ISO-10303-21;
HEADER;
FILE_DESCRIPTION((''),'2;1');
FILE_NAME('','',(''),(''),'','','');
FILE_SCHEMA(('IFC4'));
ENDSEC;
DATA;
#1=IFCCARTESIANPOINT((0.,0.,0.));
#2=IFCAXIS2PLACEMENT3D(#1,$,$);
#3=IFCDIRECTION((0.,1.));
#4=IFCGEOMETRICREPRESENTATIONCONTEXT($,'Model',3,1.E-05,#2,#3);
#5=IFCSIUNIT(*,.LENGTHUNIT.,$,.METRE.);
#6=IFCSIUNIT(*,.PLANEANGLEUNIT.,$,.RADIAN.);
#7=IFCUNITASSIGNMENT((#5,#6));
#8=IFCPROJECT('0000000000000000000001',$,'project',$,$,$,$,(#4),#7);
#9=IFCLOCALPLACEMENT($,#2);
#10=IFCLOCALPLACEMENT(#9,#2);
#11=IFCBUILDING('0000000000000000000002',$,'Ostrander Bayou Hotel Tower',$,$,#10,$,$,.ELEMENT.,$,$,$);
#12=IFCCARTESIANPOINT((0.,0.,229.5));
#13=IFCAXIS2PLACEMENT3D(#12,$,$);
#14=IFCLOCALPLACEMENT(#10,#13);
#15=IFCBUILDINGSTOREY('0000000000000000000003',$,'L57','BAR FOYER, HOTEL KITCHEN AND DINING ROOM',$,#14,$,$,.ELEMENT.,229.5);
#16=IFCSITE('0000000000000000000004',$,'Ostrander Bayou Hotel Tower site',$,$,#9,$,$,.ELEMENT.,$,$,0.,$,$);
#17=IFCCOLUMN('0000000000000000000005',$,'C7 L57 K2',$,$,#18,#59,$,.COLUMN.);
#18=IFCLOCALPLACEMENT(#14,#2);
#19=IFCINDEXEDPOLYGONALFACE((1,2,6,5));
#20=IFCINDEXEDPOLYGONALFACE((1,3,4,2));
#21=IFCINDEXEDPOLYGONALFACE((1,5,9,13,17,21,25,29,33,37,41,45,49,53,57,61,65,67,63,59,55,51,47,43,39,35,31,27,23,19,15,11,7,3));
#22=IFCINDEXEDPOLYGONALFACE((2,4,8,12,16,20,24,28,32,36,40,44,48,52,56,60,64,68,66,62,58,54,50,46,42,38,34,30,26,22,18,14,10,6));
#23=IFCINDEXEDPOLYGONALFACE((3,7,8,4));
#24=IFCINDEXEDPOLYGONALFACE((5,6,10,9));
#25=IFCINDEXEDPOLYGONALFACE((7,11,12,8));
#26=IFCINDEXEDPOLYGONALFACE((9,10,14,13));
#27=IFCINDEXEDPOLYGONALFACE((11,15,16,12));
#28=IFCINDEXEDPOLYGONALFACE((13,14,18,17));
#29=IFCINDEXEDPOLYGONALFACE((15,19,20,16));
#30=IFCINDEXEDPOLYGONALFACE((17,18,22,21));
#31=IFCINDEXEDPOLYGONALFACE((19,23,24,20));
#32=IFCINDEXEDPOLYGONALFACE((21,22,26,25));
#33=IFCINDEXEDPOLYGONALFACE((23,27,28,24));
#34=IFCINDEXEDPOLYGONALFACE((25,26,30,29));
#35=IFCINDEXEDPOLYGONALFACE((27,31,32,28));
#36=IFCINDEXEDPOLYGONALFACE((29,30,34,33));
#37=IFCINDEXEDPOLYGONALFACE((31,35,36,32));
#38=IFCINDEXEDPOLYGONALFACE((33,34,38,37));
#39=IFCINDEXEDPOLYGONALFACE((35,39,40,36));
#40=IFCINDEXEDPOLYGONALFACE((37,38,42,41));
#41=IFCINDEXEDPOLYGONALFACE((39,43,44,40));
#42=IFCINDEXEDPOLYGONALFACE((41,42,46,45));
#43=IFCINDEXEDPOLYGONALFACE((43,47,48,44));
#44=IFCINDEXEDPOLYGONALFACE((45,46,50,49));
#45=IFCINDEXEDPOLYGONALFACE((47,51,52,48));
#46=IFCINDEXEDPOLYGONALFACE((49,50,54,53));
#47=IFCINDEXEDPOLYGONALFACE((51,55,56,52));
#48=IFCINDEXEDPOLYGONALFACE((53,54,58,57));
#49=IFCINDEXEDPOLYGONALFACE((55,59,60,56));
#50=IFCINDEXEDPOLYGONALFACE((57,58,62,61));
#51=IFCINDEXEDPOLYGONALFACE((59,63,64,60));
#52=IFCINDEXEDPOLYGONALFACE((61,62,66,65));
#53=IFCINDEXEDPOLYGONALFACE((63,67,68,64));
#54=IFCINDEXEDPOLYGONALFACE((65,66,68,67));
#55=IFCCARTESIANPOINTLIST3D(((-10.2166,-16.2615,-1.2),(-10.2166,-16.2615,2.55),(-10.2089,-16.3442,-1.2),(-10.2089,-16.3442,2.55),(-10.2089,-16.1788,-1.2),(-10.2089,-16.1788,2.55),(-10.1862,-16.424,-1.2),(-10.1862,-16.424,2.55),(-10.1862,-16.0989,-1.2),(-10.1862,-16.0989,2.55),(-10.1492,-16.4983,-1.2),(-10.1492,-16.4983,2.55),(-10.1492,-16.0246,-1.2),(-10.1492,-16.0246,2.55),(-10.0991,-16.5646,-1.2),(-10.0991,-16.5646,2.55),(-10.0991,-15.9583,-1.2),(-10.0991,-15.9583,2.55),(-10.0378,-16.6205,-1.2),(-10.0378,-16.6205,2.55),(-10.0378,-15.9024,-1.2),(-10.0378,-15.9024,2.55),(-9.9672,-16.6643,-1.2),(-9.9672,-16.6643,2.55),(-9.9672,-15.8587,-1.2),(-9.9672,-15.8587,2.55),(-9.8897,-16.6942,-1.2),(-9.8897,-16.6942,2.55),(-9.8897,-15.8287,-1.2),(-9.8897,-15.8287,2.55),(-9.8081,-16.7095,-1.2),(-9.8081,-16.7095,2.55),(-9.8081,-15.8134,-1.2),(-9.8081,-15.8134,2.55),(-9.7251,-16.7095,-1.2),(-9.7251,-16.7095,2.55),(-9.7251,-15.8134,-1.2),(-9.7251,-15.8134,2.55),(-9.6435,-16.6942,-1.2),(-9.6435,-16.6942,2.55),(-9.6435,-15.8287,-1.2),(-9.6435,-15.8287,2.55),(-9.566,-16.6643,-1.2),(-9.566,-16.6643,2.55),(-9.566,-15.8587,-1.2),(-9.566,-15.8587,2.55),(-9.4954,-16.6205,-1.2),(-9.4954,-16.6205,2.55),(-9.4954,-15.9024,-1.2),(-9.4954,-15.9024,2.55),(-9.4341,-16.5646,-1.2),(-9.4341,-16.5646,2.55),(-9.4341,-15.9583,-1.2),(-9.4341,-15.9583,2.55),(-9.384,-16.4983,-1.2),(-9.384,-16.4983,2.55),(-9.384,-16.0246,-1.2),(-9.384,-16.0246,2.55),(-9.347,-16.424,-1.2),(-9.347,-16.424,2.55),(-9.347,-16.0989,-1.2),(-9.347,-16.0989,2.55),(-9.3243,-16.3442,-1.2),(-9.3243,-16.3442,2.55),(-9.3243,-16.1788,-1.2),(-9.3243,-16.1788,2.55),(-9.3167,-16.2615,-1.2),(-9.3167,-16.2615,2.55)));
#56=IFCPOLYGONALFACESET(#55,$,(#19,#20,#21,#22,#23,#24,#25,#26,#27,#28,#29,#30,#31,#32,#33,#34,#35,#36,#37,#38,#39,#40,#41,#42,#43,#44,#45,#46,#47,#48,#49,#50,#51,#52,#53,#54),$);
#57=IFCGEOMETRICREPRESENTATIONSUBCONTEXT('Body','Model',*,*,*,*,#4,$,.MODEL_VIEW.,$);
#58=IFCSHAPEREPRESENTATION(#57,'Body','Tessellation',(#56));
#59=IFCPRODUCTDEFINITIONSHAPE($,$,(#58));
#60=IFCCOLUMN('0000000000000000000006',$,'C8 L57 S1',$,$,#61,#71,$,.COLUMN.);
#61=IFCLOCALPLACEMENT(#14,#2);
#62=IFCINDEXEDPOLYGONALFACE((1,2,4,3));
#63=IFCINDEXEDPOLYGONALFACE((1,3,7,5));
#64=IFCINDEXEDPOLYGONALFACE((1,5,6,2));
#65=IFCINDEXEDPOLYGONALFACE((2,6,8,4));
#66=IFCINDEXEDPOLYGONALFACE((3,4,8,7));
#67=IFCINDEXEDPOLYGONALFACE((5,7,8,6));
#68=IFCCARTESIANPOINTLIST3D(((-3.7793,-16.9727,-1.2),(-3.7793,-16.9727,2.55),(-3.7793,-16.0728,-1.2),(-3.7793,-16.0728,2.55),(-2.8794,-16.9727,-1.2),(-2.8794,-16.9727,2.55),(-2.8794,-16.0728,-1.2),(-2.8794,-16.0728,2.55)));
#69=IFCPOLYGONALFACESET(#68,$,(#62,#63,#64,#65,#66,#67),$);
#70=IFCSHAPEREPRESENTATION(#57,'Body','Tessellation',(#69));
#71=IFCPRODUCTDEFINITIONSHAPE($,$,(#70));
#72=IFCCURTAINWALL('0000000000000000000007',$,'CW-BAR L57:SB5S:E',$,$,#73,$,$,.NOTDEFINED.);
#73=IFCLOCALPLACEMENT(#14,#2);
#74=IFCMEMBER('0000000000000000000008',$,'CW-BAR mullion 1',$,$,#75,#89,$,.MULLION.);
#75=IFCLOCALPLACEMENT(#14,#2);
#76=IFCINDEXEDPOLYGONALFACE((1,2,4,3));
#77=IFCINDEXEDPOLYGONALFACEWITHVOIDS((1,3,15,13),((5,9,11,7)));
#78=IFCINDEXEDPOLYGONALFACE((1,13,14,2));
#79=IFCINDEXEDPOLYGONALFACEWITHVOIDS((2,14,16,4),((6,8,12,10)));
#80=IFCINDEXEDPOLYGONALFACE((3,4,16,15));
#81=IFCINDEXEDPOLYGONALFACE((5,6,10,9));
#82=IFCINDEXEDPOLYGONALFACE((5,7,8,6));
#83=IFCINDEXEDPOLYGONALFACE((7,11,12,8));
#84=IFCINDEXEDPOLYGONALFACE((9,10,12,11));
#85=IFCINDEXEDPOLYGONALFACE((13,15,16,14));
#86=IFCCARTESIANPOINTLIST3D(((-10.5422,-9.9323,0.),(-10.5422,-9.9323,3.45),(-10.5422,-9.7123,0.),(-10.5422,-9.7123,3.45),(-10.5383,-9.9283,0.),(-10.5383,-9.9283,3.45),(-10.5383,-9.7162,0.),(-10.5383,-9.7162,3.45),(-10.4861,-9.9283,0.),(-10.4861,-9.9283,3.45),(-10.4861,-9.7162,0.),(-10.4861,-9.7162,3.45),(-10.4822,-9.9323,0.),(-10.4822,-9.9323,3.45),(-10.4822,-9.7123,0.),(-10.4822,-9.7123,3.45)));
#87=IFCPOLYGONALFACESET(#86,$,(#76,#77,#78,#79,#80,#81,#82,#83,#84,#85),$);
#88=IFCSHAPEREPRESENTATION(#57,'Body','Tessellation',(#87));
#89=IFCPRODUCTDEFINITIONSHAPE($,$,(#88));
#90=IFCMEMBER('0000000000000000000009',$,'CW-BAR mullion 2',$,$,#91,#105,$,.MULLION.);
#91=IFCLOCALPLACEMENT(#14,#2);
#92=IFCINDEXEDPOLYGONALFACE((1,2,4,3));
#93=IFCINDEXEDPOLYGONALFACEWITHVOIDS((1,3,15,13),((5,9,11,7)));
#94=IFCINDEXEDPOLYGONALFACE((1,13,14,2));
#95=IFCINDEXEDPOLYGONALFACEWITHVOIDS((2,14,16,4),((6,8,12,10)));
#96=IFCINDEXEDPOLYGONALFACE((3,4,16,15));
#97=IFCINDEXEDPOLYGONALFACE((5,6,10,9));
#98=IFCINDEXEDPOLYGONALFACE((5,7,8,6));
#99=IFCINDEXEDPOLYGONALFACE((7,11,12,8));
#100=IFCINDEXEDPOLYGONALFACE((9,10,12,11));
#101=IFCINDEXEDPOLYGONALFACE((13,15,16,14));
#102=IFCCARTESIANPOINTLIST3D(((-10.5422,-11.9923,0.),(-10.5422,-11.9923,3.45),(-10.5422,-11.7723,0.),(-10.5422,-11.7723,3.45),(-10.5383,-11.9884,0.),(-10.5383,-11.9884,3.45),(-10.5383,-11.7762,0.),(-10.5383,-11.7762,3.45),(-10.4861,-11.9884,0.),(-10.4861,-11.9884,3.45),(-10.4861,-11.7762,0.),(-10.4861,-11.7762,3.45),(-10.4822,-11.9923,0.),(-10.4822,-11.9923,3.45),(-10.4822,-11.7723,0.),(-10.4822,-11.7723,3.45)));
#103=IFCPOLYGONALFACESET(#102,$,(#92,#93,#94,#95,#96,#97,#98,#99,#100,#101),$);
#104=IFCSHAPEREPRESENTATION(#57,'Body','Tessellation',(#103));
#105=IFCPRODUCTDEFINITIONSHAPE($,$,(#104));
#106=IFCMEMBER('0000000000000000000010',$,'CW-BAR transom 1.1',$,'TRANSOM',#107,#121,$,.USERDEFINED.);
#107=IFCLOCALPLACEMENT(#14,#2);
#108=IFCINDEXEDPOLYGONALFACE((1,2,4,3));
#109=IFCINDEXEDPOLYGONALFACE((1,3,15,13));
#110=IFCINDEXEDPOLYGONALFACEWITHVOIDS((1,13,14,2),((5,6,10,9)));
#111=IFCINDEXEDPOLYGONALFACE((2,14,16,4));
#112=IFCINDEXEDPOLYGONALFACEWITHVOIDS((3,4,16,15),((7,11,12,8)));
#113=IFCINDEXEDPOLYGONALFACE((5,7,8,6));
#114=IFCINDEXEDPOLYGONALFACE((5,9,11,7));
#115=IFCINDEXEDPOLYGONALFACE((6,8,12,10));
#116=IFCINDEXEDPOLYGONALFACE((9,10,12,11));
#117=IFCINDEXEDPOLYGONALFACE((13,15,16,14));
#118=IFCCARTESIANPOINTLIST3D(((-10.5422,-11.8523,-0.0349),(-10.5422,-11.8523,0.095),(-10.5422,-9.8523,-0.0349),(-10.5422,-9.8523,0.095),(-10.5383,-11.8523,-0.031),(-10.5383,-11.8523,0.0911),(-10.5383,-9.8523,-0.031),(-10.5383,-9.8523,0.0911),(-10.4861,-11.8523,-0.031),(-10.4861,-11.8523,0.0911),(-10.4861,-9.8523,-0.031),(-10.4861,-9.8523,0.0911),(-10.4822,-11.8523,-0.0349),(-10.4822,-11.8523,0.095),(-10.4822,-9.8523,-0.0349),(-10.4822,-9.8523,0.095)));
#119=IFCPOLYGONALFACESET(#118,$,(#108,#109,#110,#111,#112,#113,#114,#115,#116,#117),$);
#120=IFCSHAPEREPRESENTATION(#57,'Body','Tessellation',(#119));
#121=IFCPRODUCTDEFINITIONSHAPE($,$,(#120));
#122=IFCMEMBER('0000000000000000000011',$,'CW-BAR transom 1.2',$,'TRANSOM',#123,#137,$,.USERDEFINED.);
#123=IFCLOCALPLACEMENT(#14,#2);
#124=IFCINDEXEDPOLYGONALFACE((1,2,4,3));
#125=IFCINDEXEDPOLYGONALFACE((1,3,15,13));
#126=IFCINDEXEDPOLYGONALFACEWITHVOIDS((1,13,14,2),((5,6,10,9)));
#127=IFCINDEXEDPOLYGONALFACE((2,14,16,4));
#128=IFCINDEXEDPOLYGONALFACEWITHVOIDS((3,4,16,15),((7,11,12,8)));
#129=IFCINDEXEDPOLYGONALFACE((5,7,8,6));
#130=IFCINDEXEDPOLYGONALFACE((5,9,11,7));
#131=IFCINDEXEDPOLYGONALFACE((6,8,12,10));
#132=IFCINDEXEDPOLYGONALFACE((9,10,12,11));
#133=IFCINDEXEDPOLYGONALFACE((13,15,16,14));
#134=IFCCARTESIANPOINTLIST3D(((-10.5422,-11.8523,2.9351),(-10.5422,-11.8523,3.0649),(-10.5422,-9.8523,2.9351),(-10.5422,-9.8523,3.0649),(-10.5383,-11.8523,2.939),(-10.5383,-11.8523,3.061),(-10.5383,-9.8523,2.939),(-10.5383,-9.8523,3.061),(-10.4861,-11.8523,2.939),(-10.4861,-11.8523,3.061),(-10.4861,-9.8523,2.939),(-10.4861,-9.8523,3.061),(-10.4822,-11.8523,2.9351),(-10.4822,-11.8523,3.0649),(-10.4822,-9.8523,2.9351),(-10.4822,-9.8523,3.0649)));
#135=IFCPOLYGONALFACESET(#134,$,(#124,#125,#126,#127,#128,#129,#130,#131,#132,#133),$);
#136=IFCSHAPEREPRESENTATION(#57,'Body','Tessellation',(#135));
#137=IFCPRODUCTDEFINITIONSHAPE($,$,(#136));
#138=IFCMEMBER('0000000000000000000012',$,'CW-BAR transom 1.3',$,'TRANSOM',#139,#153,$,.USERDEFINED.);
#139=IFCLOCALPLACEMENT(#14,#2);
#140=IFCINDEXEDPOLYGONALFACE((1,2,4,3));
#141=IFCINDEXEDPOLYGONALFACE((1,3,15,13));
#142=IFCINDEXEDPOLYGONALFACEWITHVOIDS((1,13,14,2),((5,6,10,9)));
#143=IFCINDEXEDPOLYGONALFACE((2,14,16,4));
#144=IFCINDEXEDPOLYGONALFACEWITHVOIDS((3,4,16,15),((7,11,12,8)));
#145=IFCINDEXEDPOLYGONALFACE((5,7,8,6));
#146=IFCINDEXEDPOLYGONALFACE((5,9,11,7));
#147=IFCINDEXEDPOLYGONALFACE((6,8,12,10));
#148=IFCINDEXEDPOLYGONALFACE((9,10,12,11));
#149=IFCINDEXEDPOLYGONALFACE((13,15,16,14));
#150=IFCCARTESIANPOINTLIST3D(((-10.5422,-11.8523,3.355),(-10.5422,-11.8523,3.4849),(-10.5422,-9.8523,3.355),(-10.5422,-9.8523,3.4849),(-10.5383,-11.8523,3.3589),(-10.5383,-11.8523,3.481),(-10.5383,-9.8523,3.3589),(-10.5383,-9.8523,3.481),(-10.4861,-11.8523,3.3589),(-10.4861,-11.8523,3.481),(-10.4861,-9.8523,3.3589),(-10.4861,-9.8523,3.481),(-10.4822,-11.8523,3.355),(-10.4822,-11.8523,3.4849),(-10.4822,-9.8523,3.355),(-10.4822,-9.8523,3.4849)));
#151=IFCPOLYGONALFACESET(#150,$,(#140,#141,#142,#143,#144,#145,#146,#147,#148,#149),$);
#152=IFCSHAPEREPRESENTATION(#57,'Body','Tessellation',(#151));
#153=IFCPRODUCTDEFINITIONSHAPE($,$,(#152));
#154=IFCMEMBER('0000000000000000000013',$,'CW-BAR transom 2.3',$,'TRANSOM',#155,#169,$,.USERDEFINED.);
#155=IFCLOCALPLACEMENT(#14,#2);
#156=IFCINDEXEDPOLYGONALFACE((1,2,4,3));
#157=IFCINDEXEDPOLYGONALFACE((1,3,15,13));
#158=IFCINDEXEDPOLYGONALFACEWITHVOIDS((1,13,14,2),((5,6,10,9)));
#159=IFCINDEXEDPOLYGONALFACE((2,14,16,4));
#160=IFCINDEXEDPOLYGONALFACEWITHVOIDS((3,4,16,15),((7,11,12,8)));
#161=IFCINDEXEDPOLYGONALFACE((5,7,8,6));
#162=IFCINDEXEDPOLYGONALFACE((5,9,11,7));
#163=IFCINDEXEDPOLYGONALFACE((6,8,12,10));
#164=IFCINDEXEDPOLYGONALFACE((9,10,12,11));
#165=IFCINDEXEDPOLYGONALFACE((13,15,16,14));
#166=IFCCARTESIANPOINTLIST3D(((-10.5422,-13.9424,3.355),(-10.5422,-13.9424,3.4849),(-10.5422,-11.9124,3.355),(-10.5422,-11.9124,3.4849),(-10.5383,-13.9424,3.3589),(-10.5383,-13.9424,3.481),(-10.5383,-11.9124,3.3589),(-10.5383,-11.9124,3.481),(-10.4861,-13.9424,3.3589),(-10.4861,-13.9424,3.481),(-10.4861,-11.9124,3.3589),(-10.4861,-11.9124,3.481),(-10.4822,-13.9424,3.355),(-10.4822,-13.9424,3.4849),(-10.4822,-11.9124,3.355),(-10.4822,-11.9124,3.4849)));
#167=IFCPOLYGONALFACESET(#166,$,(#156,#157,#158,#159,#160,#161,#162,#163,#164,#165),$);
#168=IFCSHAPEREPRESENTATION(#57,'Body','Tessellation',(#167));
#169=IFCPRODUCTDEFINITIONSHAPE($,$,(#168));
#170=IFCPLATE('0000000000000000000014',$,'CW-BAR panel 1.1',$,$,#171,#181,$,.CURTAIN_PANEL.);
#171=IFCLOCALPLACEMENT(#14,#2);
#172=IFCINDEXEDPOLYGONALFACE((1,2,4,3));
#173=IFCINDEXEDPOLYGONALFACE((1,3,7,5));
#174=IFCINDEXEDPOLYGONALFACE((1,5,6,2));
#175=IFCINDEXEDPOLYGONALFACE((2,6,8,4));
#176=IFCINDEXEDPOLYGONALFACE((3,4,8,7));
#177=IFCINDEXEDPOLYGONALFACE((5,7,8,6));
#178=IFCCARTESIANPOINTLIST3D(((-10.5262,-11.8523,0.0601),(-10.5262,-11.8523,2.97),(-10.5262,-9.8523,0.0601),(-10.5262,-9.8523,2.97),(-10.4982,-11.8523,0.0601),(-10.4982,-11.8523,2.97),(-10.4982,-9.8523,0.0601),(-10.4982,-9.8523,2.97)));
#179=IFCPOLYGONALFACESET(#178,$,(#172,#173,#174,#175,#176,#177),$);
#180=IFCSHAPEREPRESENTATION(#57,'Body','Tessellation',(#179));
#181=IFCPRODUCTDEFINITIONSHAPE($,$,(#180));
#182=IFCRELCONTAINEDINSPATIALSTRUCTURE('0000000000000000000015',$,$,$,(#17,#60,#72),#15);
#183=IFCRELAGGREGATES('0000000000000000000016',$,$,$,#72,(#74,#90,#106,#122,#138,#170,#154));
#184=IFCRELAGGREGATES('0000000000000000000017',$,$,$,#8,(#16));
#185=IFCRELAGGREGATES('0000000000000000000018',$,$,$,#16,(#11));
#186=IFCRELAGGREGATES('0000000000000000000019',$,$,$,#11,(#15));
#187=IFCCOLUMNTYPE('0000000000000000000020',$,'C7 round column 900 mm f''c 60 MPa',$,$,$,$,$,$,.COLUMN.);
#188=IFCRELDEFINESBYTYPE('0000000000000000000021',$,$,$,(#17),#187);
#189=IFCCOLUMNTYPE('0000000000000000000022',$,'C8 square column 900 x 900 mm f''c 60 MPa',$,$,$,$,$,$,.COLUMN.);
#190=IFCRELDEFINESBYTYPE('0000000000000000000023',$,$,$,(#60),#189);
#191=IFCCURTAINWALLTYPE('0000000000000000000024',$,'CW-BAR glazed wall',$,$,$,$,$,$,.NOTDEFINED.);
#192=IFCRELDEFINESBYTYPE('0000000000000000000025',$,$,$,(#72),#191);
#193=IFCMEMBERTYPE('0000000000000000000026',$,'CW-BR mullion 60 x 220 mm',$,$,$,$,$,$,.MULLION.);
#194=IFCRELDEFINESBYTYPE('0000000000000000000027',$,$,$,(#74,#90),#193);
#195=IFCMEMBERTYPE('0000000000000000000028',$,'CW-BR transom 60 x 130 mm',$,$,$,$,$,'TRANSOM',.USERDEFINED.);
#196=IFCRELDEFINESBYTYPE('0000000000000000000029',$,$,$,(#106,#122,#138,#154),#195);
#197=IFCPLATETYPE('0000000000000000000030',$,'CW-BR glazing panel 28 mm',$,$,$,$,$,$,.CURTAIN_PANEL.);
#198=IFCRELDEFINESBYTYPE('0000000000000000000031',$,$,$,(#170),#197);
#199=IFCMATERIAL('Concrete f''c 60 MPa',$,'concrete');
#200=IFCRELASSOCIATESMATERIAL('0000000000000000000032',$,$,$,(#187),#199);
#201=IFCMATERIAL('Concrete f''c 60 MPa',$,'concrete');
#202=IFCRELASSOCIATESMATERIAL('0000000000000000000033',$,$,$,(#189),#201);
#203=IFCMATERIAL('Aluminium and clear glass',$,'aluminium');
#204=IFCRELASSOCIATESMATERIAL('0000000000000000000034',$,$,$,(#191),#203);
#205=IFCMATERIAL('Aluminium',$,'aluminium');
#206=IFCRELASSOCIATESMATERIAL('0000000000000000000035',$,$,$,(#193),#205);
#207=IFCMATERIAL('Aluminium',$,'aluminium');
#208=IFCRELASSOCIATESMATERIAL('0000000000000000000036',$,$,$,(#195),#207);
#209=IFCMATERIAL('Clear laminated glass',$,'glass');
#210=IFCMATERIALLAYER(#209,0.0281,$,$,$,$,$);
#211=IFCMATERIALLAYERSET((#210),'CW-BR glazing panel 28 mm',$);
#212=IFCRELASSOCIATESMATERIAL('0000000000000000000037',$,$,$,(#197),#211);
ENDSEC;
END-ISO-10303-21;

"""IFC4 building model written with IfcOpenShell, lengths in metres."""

from ifc_helpers import new_model, si_unit, direction, frame, origin, origin_2d, place, context, subcontext, project, spatial, rectangle, hollow_rectangle, circle, extrude, material, layer, layer_set, material_profile, profile_set, type_object, element, aggregate, save


model = new_model("IFC4")

# Units and contexts
model_context = context("Model", 3, precision=1e-05, world=origin(), true_north=direction((0.0, 1.0)))
body_context = subcontext(model_context, "Body", "Model", "MODEL_VIEW")
ifc_project = project(units=[si_unit("LENGTHUNIT", "METRE"), si_unit("PLANEANGLEUNIT", "RADIAN")], contexts=[model_context])

# Site, building, storey
site_placement = place(None, origin())
site = spatial("IfcSite", under=ifc_project, at=site_placement, Name="Ostrander Bayou Hotel Tower site", CompositionType="ELEMENT", RefElevation=0.0)
building_placement = place(site_placement, origin())
building = spatial("IfcBuilding", under=site, at=building_placement, Name="Ostrander Bayou Hotel Tower", CompositionType="ELEMENT")
storey_placement = place(building_placement, frame((0.0, 0.0, 229.5)))
storey = spatial("IfcBuildingStorey", under=building, at=storey_placement, Name="L57", Description="BAR FOYER, HOTEL KITCHEN AND DINING ROOM", CompositionType="ELEMENT", Elevation=229.5)

# Columns
ifc_material_1 = material(Name="Concrete f'c 60 MPa", Category="concrete")
ifc_material_profile_1 = material_profile(ifc_material_1, circle(Radius=0.45, at=origin_2d()))
ifc_profile_set_1 = profile_set([ifc_material_profile_1], Name="Concrete f'c 60 MPa")
column_type_1 = type_object("IfcColumnType", Name="C7 round column 900 mm f'c 60 MPa", PredefinedType="COLUMN", material=ifc_profile_set_1)
column_1_placement = place(storey_placement, frame((-9.7666, -16.2615, -1.2), z_axis=(0.0, 0.0, 1.0), x_axis=(1.0, 0.0, 0.0)))
element("IfcColumn", 1, at=column_1_placement, inside=storey, type_object=column_type_1, Name="C7 L57 K2", PredefinedType="COLUMN", context=body_context, shape_type="SweptSolid", body=[
    extrude(circle(Radius=0.45, at=origin_2d()), origin(), (0.0, 0.0, 1.0), 3.75),
])
ifc_material_2 = material(Name="Concrete f'c 60 MPa", Category="concrete")
ifc_material_profile_2 = material_profile(ifc_material_2, rectangle(XDim=0.8999, YDim=0.8999, at=origin_2d()))
ifc_profile_set_2 = profile_set([ifc_material_profile_2], Name="Concrete f'c 60 MPa")
column_type_2 = type_object("IfcColumnType", Name="C8 square column 900 x 900 mm f'c 60 MPa", PredefinedType="COLUMN", material=ifc_profile_set_2)
column_2_placement = place(storey_placement, frame((-3.3293, -16.5227, -1.2), z_axis=(0.0, 0.0, 1.0), x_axis=(-1.0, 0.0, 0.0)))
element("IfcColumn", 2, at=column_2_placement, inside=storey, type_object=column_type_2, Name="C8 L57 S1", PredefinedType="COLUMN", context=body_context, shape_type="SweptSolid", body=[
    extrude(rectangle(XDim=0.8999, YDim=0.8999, at=origin_2d()), origin(), (0.0, 0.0, 1.0), 3.75),
])

# Curtain wall, members, plate
ifc_material_3 = material(Name="Aluminium and clear glass", Category="aluminium")
curtain_wall_type = type_object("IfcCurtainWallType", Name="CW-BAR glazed wall", PredefinedType="NOTDEFINED", material=ifc_material_3)
curtain_wall_placement = place(storey_placement, origin())
curtain_wall = element("IfcCurtainWall", 3, at=curtain_wall_placement, inside=storey, type_object=curtain_wall_type, Name="CW-BAR L57:SB5S:E", PredefinedType="NOTDEFINED")
ifc_material_4 = material(Name="Aluminium", Category="aluminium")
ifc_material_profile_3 = material_profile(ifc_material_4, hollow_rectangle(XDim=0.0601, YDim=0.22, WallThickness=0.0039, at=origin_2d()))
ifc_profile_set_3 = profile_set([ifc_material_profile_3], Name="Aluminium")
member_type_1 = type_object("IfcMemberType", Name="CW-BR mullion 60 x 220 mm", PredefinedType="MULLION", material=ifc_profile_set_3)
member_1_placement = place(storey_placement, frame((-10.5122, -9.8223, 0.0), z_axis=(0.0, 0.0, 1.0), x_axis=(1.0, 0.0, 0.0)))
member_1 = element("IfcMember", 4, at=member_1_placement, type_object=member_type_1, Name="CW-BAR mullion 1", PredefinedType="MULLION", context=body_context, shape_type="SweptSolid", body=[
    extrude(hollow_rectangle(XDim=0.0601, YDim=0.22, WallThickness=0.0039, at=origin_2d()), origin(), (0.0, 0.0, 1.0), 3.45),
])
member_2_placement = place(storey_placement, frame((-10.5122, -11.8823, 0.0), z_axis=(0.0, 0.0, 1.0), x_axis=(1.0, 0.0, 0.0)))
member_2 = element("IfcMember", 5, at=member_2_placement, type_object=member_type_1, Name="CW-BAR mullion 2", PredefinedType="MULLION", context=body_context, shape_type="SweptSolid", body=[
    extrude(hollow_rectangle(XDim=0.0601, YDim=0.22, WallThickness=0.0039, at=origin_2d()), origin(), (0.0, 0.0, 1.0), 3.45),
])
ifc_material_5 = material(Name="Aluminium", Category="aluminium")
ifc_material_profile_4 = material_profile(ifc_material_5, hollow_rectangle(XDim=0.0601, YDim=0.1299, WallThickness=0.0039, at=origin_2d()))
ifc_profile_set_4 = profile_set([ifc_material_profile_4], Name="Aluminium")
member_type_2 = type_object("IfcMemberType", Name="CW-BR transom 60 x 130 mm", ElementType="TRANSOM", PredefinedType="USERDEFINED", material=ifc_profile_set_4)
member_3_placement = place(storey_placement, frame((-10.5122, -9.8523, 0.03), z_axis=(0.0, -1.0, 0.0), x_axis=(1.0, 0.0, 0.0)))
member_3 = element("IfcMember", 6, at=member_3_placement, type_object=member_type_2, Name="CW-BAR transom 1.1", ObjectType="TRANSOM", PredefinedType="USERDEFINED", context=body_context, shape_type="SweptSolid", body=[
    extrude(hollow_rectangle(XDim=0.0601, YDim=0.1299, WallThickness=0.0039, at=origin_2d()), origin(), (0.0, 0.0, 1.0), 2.0),
])
member_4_placement = place(storey_placement, frame((-10.5122, -9.8523, 3.0), z_axis=(0.0, -1.0, 0.0), x_axis=(1.0, 0.0, 0.0)))
member_4 = element("IfcMember", 7, at=member_4_placement, type_object=member_type_2, Name="CW-BAR transom 1.2", ObjectType="TRANSOM", PredefinedType="USERDEFINED", context=body_context, shape_type="SweptSolid", body=[
    extrude(hollow_rectangle(XDim=0.0601, YDim=0.1299, WallThickness=0.0039, at=origin_2d()), origin(), (0.0, 0.0, 1.0), 2.0),
])
member_5_placement = place(storey_placement, frame((-10.5122, -9.8523, 3.4199), z_axis=(0.0, -1.0, 0.0), x_axis=(1.0, 0.0, 0.0)))
member_5 = element("IfcMember", 8, at=member_5_placement, type_object=member_type_2, Name="CW-BAR transom 1.3", ObjectType="TRANSOM", PredefinedType="USERDEFINED", context=body_context, shape_type="SweptSolid", body=[
    extrude(hollow_rectangle(XDim=0.0601, YDim=0.1299, WallThickness=0.0039, at=origin_2d()), origin(), (0.0, 0.0, 1.0), 2.0),
])
member_6_placement = place(storey_placement, frame((-10.5122, -11.9124, 3.4199), z_axis=(0.0, -1.0, 0.0), x_axis=(1.0, 0.0, 0.0)))
member_6 = element("IfcMember", 9, at=member_6_placement, type_object=member_type_2, Name="CW-BAR transom 2.3", ObjectType="TRANSOM", PredefinedType="USERDEFINED", context=body_context, shape_type="SweptSolid", body=[
    extrude(hollow_rectangle(XDim=0.0601, YDim=0.1299, WallThickness=0.0039, at=origin_2d()), origin(), (0.0, 0.0, 1.0), 2.03),
])
ifc_material_6 = material(Name="Clear laminated glass", Category="glass")
ifc_layer_1 = layer(ifc_material_6, 0.0281)
ifc_layer_set_1 = layer_set([ifc_layer_1], Name="CW-BR glazing panel 28 mm")
plate_type = type_object("IfcPlateType", Name="CW-BR glazing panel 28 mm", PredefinedType="CURTAIN_PANEL", material=ifc_layer_set_1)
plate_1_placement = place(storey_placement, frame((-10.5122, -10.8523, 0.0601), z_axis=(0.0, 0.0, 1.0), x_axis=(0.0, -1.0, 0.0)))
plate_1 = element("IfcPlate", 10, at=plate_1_placement, type_object=plate_type, Name="CW-BAR panel 1.1", PredefinedType="CURTAIN_PANEL", context=body_context, shape_type="SweptSolid", body=[
    extrude(rectangle(XDim=2.0, YDim=0.0281, at=origin_2d()), origin(), (0.0, 0.0, 1.0), 2.9099),
])
aggregate(curtain_wall, [member_1, member_2, member_3, member_4, member_5, plate_1, member_6])

save(model, "model.ifc")
